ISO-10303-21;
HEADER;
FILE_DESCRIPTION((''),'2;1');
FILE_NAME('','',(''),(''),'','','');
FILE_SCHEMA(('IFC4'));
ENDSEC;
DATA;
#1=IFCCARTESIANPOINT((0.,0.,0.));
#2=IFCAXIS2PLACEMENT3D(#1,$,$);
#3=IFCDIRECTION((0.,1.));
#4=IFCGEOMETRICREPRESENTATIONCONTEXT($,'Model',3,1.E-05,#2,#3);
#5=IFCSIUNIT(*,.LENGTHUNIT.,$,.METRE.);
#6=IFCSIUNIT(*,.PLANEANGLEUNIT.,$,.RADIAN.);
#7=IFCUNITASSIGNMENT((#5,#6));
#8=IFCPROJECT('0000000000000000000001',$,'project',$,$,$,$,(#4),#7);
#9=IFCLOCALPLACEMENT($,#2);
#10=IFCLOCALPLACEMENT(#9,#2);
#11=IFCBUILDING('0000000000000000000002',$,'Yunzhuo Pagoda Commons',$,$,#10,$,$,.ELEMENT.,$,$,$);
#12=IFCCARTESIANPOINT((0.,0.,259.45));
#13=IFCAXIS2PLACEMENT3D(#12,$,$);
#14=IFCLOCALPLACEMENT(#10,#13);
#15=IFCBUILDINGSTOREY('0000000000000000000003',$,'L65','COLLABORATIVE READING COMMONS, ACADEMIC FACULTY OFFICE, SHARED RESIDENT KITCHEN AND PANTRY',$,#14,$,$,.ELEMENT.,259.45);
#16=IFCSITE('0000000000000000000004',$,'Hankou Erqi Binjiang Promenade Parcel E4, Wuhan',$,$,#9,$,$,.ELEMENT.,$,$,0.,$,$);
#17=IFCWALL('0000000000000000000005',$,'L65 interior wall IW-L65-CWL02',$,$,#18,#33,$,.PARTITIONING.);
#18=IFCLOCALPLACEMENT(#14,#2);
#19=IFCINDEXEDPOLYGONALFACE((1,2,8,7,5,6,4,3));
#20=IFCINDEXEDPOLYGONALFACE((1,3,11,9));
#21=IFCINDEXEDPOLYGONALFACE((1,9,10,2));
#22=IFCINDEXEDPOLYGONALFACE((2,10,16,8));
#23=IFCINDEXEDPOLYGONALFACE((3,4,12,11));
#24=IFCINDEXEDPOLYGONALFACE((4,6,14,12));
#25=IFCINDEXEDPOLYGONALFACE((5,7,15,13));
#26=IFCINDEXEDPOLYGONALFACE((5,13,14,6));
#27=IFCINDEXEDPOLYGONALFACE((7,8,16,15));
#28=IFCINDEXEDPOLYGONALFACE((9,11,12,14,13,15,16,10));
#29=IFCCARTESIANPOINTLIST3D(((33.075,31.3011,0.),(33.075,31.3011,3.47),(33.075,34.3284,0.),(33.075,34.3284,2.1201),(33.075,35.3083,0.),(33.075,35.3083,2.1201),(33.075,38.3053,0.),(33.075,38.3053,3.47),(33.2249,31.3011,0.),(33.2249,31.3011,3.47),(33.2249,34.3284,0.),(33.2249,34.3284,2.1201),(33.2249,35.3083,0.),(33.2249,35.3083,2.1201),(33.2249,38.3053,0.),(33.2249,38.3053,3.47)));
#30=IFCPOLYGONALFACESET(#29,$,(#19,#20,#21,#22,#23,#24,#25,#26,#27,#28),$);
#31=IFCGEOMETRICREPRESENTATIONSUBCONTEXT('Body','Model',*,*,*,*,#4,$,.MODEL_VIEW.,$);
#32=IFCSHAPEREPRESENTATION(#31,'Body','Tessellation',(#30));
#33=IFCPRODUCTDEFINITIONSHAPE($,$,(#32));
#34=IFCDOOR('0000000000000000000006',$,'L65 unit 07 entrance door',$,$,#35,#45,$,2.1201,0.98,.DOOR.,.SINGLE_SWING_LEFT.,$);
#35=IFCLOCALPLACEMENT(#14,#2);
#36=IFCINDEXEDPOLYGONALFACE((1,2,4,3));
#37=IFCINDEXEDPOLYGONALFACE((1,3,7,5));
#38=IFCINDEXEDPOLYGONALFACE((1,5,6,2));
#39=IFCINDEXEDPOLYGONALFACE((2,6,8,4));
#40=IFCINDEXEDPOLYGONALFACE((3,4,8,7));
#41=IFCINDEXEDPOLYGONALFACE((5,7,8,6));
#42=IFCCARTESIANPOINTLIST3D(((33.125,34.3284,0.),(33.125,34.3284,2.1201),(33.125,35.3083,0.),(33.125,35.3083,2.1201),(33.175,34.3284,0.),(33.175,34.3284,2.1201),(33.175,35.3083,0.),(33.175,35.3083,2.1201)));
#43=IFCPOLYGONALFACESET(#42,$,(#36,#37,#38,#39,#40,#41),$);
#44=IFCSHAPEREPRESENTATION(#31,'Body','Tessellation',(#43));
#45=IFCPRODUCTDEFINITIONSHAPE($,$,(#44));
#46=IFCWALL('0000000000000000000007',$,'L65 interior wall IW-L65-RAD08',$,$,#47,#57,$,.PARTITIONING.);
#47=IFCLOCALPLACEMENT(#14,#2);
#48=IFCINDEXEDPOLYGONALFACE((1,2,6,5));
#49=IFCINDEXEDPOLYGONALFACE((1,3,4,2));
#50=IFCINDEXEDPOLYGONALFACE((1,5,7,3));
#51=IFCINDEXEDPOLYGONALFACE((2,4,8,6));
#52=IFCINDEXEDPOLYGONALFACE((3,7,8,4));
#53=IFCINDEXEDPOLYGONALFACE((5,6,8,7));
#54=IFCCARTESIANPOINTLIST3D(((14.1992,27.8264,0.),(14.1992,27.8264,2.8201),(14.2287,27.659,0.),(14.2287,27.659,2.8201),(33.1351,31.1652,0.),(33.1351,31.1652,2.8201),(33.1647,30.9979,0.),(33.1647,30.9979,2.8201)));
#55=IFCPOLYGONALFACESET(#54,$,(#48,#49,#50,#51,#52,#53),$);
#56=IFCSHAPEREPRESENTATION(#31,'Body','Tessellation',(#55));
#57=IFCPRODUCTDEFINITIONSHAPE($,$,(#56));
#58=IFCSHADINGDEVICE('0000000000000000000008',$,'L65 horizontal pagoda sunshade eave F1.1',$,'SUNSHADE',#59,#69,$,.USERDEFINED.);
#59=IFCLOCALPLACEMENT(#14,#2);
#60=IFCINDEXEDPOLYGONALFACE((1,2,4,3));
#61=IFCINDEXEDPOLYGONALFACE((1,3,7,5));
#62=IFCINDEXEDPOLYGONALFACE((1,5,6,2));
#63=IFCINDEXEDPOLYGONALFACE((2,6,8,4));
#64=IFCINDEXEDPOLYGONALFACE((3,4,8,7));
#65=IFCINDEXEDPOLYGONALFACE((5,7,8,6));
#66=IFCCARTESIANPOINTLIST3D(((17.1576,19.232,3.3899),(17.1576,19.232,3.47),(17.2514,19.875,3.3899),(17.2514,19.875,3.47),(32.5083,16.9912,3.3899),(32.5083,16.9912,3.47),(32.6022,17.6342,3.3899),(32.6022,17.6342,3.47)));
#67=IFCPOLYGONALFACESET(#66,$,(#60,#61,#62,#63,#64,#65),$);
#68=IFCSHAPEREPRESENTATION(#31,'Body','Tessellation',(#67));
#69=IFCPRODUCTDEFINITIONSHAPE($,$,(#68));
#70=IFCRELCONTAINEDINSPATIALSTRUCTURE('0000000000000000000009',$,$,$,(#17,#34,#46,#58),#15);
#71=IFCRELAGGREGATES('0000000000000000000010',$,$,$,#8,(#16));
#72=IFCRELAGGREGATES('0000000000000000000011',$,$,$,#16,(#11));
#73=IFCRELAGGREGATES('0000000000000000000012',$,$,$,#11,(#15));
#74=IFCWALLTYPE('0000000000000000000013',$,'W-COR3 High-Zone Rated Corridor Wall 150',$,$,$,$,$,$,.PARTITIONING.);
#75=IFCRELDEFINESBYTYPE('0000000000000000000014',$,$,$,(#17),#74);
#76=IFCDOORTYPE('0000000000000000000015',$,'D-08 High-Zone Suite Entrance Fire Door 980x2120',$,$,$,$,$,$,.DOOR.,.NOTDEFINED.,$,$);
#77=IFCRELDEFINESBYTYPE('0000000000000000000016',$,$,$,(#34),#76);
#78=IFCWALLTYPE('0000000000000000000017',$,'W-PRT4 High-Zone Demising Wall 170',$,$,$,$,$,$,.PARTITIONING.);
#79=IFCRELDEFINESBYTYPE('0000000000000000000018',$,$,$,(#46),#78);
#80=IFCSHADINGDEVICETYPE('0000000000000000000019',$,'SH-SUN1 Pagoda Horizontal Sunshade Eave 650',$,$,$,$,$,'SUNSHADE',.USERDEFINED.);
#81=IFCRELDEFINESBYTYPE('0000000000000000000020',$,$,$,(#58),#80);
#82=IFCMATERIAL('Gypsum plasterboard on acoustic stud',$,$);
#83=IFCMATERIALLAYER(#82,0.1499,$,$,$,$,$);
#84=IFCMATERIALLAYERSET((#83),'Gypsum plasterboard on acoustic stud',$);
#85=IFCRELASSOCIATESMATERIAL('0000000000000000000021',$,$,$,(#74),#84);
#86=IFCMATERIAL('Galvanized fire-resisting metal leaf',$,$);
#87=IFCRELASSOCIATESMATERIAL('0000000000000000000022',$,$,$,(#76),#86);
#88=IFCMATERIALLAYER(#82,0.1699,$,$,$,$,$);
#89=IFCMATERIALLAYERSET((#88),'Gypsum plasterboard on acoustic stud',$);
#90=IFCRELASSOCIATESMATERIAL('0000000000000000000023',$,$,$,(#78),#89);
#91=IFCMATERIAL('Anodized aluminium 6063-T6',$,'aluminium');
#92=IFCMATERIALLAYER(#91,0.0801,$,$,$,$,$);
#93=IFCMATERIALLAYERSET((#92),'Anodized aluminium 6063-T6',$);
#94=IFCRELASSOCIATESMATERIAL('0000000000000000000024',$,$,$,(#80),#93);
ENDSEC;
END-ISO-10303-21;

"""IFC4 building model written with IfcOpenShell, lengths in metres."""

from ifc_helpers import new_model, si_unit, direction, frame, frame_2d, origin, origin_with_axes, origin_2d, place, context, subcontext, project, spatial, rectangle, extrude, source, transform, mapped, material, layer, layer_set, type_object, element, fill, save


model = new_model("IFC4")

# Units and contexts
model_context = context("Model", 3, precision=1e-05, world=origin(), true_north=direction((0.0, 1.0)))
body_context = subcontext(model_context, "Body", "Model", "MODEL_VIEW")
ifc_project = project(units=[si_unit("LENGTHUNIT", "METRE"), si_unit("PLANEANGLEUNIT", "RADIAN")], contexts=[model_context])

# Site, building, storey
site_placement = place(None, origin())
site = spatial("IfcSite", under=ifc_project, at=site_placement, Name="Hankou Erqi Binjiang Promenade Parcel E4, Wuhan", CompositionType="ELEMENT", RefElevation=0.0)
building_placement = place(site_placement, origin())
building = spatial("IfcBuilding", under=site, at=building_placement, Name="Yunzhuo Pagoda Commons", CompositionType="ELEMENT")
storey_placement = place(building_placement, frame((0.0, 0.0, 259.45)))
storey = spatial("IfcBuildingStorey", under=building, at=storey_placement, Name="L65", Description="COLLABORATIVE READING COMMONS, ACADEMIC FACULTY OFFICE, SHARED RESIDENT KITCHEN AND PANTRY", CompositionType="ELEMENT", Elevation=259.45)

# Shared definitions
ifc_material_1 = material(Name="Anodized aluminium 6063-T6", Category="aluminium")

# Shared definitions
ifc_material_2 = material(Name="Gypsum plasterboard on acoustic stud")
ifc_layer_1 = layer(ifc_material_2, 0.1499)
ifc_layer_set_1 = layer_set([ifc_layer_1], Name="Gypsum plasterboard on acoustic stud")
wall_type_1 = type_object("IfcWallType", Name="W-COR3 High-Zone Rated Corridor Wall 150", PredefinedType="PARTITIONING", material=ifc_layer_set_1)

# Wall, opening, door
wall_1_placement = place(storey_placement, frame((33.1499, 31.3013, 0.0), z_axis=(0.0, 0.0, 1.0), x_axis=(0.0, 1.0, 0.0)))
wall_1 = element("IfcWall", 1, at=wall_1_placement, inside=storey, type_object=wall_type_1, Name="L65 interior wall IW-L65-CWL02", PredefinedType="PARTITIONING", context=body_context, shape_type="SweptSolid", body=[
    extrude(rectangle(XDim=7.0042, YDim=0.1499, at=frame_2d((3.502, 0.0))), origin(), (0.0, 0.0, 1.0), 3.47),
])
opening_placement = place(wall_1_placement, frame((3.0271, 0.0, 0.0)))
opening = element("IfcOpeningElement", 2, at=opening_placement, cuts=wall_1, PredefinedType="OPENING", context=body_context, shape_type="SweptSolid", body=[
    extrude(rectangle(XDim=0.98, YDim=2.1201, at=frame_2d((0.49, 1.0601))), frame((0.0, 0.085, 0.0), z_axis=(0.0, -1.0, 0.0), x_axis=(1.0, 0.0, 0.0)), (0.0, 0.0, 1.0), 0.1699),
])
ifc_material_3 = material(Name="Galvanized fire-resisting metal leaf")
door_type = type_object("IfcDoorType", Name="D-08 High-Zone Suite Entrance Fire Door 980x2120", OperationType="NOTDEFINED", PredefinedType="DOOR", material=ifc_material_3)
shared_shape_1 = source(origin(), body_context, "Body", "SweptSolid", [
    extrude(rectangle(XDim=0.98, YDim=2.1201, at=frame_2d((0.49, 1.0601))), frame((0.0, 0.0249, 0.0), z_axis=(0.0, -1.0, 0.0), x_axis=(1.0, 0.0, 0.0)), (0.0, 0.0, 1.0), 0.05),
])
door_placement = place(opening_placement, origin_with_axes())
door = element("IfcDoor", 3, at=door_placement, inside=storey, type_object=door_type, Name="L65 unit 07 entrance door", OperationType="SINGLE_SWING_LEFT", OverallHeight=2.1201, OverallWidth=0.98, PredefinedType="DOOR", context=body_context, shape_type="MappedRepresentation", body=[
    mapped(shared_shape_1, transform((0.0, 0.0, 0.0), scale=1.0)),
])
fill(opening, door)

# Wall
ifc_layer_2 = layer(ifc_material_2, 0.1699)
ifc_layer_set_2 = layer_set([ifc_layer_2], Name="Gypsum plasterboard on acoustic stud")
wall_type_2 = type_object("IfcWallType", Name="W-PRT4 High-Zone Demising Wall 170", PredefinedType="PARTITIONING", material=ifc_layer_set_2)
wall_2_placement = place(storey_placement, frame((33.1499, 31.0815, 0.0), z_axis=(0.0, 0.0, 1.0), x_axis=(-0.984808, -0.173645, 0.0)))
element("IfcWall", 4, at=wall_2_placement, inside=storey, type_object=wall_type_2, Name="L65 interior wall IW-L65-RAD08", PredefinedType="PARTITIONING", context=body_context, shape_type="SweptSolid", body=[
    extrude(rectangle(XDim=19.228, YDim=0.1699, at=frame_2d((9.614, 0.0))), origin(), (0.0, 0.0, 1.0), 2.8201),
])

# Shading device
ifc_layer_3 = layer(ifc_material_1, 0.0801)
ifc_layer_set_3 = layer_set([ifc_layer_3], Name="Anodized aluminium 6063-T6")
shading_device_type = type_object("IfcShadingDeviceType", Name="SH-SUN1 Pagoda Horizontal Sunshade Eave 650", ElementType="SUNSHADE", PredefinedType="USERDEFINED", material=ifc_layer_set_3)
shared_shape_2 = source(origin(), body_context, "Body", "SweptSolid", [
    extrude(rectangle(XDim=15.5134, YDim=0.6499, at=origin_2d()), origin(), (0.0, 0.0, 1.0), 0.0801),
])
shading_device_placement = place(storey_placement, frame((24.8799, 18.4331, 3.3899), z_axis=(0.0, 0.0, 1.0), x_axis=(0.989513, -0.144443, 0.0)))
element("IfcShadingDevice", 5, at=shading_device_placement, inside=storey, type_object=shading_device_type, Name="L65 horizontal pagoda sunshade eave F1.1", ObjectType="SUNSHADE", PredefinedType="USERDEFINED", context=body_context, shape_type="MappedRepresentation", body=[
    mapped(shared_shape_2, transform((0.0, 0.0, 0.0), scale=1.0)),
])

save(model, "model.ifc")
